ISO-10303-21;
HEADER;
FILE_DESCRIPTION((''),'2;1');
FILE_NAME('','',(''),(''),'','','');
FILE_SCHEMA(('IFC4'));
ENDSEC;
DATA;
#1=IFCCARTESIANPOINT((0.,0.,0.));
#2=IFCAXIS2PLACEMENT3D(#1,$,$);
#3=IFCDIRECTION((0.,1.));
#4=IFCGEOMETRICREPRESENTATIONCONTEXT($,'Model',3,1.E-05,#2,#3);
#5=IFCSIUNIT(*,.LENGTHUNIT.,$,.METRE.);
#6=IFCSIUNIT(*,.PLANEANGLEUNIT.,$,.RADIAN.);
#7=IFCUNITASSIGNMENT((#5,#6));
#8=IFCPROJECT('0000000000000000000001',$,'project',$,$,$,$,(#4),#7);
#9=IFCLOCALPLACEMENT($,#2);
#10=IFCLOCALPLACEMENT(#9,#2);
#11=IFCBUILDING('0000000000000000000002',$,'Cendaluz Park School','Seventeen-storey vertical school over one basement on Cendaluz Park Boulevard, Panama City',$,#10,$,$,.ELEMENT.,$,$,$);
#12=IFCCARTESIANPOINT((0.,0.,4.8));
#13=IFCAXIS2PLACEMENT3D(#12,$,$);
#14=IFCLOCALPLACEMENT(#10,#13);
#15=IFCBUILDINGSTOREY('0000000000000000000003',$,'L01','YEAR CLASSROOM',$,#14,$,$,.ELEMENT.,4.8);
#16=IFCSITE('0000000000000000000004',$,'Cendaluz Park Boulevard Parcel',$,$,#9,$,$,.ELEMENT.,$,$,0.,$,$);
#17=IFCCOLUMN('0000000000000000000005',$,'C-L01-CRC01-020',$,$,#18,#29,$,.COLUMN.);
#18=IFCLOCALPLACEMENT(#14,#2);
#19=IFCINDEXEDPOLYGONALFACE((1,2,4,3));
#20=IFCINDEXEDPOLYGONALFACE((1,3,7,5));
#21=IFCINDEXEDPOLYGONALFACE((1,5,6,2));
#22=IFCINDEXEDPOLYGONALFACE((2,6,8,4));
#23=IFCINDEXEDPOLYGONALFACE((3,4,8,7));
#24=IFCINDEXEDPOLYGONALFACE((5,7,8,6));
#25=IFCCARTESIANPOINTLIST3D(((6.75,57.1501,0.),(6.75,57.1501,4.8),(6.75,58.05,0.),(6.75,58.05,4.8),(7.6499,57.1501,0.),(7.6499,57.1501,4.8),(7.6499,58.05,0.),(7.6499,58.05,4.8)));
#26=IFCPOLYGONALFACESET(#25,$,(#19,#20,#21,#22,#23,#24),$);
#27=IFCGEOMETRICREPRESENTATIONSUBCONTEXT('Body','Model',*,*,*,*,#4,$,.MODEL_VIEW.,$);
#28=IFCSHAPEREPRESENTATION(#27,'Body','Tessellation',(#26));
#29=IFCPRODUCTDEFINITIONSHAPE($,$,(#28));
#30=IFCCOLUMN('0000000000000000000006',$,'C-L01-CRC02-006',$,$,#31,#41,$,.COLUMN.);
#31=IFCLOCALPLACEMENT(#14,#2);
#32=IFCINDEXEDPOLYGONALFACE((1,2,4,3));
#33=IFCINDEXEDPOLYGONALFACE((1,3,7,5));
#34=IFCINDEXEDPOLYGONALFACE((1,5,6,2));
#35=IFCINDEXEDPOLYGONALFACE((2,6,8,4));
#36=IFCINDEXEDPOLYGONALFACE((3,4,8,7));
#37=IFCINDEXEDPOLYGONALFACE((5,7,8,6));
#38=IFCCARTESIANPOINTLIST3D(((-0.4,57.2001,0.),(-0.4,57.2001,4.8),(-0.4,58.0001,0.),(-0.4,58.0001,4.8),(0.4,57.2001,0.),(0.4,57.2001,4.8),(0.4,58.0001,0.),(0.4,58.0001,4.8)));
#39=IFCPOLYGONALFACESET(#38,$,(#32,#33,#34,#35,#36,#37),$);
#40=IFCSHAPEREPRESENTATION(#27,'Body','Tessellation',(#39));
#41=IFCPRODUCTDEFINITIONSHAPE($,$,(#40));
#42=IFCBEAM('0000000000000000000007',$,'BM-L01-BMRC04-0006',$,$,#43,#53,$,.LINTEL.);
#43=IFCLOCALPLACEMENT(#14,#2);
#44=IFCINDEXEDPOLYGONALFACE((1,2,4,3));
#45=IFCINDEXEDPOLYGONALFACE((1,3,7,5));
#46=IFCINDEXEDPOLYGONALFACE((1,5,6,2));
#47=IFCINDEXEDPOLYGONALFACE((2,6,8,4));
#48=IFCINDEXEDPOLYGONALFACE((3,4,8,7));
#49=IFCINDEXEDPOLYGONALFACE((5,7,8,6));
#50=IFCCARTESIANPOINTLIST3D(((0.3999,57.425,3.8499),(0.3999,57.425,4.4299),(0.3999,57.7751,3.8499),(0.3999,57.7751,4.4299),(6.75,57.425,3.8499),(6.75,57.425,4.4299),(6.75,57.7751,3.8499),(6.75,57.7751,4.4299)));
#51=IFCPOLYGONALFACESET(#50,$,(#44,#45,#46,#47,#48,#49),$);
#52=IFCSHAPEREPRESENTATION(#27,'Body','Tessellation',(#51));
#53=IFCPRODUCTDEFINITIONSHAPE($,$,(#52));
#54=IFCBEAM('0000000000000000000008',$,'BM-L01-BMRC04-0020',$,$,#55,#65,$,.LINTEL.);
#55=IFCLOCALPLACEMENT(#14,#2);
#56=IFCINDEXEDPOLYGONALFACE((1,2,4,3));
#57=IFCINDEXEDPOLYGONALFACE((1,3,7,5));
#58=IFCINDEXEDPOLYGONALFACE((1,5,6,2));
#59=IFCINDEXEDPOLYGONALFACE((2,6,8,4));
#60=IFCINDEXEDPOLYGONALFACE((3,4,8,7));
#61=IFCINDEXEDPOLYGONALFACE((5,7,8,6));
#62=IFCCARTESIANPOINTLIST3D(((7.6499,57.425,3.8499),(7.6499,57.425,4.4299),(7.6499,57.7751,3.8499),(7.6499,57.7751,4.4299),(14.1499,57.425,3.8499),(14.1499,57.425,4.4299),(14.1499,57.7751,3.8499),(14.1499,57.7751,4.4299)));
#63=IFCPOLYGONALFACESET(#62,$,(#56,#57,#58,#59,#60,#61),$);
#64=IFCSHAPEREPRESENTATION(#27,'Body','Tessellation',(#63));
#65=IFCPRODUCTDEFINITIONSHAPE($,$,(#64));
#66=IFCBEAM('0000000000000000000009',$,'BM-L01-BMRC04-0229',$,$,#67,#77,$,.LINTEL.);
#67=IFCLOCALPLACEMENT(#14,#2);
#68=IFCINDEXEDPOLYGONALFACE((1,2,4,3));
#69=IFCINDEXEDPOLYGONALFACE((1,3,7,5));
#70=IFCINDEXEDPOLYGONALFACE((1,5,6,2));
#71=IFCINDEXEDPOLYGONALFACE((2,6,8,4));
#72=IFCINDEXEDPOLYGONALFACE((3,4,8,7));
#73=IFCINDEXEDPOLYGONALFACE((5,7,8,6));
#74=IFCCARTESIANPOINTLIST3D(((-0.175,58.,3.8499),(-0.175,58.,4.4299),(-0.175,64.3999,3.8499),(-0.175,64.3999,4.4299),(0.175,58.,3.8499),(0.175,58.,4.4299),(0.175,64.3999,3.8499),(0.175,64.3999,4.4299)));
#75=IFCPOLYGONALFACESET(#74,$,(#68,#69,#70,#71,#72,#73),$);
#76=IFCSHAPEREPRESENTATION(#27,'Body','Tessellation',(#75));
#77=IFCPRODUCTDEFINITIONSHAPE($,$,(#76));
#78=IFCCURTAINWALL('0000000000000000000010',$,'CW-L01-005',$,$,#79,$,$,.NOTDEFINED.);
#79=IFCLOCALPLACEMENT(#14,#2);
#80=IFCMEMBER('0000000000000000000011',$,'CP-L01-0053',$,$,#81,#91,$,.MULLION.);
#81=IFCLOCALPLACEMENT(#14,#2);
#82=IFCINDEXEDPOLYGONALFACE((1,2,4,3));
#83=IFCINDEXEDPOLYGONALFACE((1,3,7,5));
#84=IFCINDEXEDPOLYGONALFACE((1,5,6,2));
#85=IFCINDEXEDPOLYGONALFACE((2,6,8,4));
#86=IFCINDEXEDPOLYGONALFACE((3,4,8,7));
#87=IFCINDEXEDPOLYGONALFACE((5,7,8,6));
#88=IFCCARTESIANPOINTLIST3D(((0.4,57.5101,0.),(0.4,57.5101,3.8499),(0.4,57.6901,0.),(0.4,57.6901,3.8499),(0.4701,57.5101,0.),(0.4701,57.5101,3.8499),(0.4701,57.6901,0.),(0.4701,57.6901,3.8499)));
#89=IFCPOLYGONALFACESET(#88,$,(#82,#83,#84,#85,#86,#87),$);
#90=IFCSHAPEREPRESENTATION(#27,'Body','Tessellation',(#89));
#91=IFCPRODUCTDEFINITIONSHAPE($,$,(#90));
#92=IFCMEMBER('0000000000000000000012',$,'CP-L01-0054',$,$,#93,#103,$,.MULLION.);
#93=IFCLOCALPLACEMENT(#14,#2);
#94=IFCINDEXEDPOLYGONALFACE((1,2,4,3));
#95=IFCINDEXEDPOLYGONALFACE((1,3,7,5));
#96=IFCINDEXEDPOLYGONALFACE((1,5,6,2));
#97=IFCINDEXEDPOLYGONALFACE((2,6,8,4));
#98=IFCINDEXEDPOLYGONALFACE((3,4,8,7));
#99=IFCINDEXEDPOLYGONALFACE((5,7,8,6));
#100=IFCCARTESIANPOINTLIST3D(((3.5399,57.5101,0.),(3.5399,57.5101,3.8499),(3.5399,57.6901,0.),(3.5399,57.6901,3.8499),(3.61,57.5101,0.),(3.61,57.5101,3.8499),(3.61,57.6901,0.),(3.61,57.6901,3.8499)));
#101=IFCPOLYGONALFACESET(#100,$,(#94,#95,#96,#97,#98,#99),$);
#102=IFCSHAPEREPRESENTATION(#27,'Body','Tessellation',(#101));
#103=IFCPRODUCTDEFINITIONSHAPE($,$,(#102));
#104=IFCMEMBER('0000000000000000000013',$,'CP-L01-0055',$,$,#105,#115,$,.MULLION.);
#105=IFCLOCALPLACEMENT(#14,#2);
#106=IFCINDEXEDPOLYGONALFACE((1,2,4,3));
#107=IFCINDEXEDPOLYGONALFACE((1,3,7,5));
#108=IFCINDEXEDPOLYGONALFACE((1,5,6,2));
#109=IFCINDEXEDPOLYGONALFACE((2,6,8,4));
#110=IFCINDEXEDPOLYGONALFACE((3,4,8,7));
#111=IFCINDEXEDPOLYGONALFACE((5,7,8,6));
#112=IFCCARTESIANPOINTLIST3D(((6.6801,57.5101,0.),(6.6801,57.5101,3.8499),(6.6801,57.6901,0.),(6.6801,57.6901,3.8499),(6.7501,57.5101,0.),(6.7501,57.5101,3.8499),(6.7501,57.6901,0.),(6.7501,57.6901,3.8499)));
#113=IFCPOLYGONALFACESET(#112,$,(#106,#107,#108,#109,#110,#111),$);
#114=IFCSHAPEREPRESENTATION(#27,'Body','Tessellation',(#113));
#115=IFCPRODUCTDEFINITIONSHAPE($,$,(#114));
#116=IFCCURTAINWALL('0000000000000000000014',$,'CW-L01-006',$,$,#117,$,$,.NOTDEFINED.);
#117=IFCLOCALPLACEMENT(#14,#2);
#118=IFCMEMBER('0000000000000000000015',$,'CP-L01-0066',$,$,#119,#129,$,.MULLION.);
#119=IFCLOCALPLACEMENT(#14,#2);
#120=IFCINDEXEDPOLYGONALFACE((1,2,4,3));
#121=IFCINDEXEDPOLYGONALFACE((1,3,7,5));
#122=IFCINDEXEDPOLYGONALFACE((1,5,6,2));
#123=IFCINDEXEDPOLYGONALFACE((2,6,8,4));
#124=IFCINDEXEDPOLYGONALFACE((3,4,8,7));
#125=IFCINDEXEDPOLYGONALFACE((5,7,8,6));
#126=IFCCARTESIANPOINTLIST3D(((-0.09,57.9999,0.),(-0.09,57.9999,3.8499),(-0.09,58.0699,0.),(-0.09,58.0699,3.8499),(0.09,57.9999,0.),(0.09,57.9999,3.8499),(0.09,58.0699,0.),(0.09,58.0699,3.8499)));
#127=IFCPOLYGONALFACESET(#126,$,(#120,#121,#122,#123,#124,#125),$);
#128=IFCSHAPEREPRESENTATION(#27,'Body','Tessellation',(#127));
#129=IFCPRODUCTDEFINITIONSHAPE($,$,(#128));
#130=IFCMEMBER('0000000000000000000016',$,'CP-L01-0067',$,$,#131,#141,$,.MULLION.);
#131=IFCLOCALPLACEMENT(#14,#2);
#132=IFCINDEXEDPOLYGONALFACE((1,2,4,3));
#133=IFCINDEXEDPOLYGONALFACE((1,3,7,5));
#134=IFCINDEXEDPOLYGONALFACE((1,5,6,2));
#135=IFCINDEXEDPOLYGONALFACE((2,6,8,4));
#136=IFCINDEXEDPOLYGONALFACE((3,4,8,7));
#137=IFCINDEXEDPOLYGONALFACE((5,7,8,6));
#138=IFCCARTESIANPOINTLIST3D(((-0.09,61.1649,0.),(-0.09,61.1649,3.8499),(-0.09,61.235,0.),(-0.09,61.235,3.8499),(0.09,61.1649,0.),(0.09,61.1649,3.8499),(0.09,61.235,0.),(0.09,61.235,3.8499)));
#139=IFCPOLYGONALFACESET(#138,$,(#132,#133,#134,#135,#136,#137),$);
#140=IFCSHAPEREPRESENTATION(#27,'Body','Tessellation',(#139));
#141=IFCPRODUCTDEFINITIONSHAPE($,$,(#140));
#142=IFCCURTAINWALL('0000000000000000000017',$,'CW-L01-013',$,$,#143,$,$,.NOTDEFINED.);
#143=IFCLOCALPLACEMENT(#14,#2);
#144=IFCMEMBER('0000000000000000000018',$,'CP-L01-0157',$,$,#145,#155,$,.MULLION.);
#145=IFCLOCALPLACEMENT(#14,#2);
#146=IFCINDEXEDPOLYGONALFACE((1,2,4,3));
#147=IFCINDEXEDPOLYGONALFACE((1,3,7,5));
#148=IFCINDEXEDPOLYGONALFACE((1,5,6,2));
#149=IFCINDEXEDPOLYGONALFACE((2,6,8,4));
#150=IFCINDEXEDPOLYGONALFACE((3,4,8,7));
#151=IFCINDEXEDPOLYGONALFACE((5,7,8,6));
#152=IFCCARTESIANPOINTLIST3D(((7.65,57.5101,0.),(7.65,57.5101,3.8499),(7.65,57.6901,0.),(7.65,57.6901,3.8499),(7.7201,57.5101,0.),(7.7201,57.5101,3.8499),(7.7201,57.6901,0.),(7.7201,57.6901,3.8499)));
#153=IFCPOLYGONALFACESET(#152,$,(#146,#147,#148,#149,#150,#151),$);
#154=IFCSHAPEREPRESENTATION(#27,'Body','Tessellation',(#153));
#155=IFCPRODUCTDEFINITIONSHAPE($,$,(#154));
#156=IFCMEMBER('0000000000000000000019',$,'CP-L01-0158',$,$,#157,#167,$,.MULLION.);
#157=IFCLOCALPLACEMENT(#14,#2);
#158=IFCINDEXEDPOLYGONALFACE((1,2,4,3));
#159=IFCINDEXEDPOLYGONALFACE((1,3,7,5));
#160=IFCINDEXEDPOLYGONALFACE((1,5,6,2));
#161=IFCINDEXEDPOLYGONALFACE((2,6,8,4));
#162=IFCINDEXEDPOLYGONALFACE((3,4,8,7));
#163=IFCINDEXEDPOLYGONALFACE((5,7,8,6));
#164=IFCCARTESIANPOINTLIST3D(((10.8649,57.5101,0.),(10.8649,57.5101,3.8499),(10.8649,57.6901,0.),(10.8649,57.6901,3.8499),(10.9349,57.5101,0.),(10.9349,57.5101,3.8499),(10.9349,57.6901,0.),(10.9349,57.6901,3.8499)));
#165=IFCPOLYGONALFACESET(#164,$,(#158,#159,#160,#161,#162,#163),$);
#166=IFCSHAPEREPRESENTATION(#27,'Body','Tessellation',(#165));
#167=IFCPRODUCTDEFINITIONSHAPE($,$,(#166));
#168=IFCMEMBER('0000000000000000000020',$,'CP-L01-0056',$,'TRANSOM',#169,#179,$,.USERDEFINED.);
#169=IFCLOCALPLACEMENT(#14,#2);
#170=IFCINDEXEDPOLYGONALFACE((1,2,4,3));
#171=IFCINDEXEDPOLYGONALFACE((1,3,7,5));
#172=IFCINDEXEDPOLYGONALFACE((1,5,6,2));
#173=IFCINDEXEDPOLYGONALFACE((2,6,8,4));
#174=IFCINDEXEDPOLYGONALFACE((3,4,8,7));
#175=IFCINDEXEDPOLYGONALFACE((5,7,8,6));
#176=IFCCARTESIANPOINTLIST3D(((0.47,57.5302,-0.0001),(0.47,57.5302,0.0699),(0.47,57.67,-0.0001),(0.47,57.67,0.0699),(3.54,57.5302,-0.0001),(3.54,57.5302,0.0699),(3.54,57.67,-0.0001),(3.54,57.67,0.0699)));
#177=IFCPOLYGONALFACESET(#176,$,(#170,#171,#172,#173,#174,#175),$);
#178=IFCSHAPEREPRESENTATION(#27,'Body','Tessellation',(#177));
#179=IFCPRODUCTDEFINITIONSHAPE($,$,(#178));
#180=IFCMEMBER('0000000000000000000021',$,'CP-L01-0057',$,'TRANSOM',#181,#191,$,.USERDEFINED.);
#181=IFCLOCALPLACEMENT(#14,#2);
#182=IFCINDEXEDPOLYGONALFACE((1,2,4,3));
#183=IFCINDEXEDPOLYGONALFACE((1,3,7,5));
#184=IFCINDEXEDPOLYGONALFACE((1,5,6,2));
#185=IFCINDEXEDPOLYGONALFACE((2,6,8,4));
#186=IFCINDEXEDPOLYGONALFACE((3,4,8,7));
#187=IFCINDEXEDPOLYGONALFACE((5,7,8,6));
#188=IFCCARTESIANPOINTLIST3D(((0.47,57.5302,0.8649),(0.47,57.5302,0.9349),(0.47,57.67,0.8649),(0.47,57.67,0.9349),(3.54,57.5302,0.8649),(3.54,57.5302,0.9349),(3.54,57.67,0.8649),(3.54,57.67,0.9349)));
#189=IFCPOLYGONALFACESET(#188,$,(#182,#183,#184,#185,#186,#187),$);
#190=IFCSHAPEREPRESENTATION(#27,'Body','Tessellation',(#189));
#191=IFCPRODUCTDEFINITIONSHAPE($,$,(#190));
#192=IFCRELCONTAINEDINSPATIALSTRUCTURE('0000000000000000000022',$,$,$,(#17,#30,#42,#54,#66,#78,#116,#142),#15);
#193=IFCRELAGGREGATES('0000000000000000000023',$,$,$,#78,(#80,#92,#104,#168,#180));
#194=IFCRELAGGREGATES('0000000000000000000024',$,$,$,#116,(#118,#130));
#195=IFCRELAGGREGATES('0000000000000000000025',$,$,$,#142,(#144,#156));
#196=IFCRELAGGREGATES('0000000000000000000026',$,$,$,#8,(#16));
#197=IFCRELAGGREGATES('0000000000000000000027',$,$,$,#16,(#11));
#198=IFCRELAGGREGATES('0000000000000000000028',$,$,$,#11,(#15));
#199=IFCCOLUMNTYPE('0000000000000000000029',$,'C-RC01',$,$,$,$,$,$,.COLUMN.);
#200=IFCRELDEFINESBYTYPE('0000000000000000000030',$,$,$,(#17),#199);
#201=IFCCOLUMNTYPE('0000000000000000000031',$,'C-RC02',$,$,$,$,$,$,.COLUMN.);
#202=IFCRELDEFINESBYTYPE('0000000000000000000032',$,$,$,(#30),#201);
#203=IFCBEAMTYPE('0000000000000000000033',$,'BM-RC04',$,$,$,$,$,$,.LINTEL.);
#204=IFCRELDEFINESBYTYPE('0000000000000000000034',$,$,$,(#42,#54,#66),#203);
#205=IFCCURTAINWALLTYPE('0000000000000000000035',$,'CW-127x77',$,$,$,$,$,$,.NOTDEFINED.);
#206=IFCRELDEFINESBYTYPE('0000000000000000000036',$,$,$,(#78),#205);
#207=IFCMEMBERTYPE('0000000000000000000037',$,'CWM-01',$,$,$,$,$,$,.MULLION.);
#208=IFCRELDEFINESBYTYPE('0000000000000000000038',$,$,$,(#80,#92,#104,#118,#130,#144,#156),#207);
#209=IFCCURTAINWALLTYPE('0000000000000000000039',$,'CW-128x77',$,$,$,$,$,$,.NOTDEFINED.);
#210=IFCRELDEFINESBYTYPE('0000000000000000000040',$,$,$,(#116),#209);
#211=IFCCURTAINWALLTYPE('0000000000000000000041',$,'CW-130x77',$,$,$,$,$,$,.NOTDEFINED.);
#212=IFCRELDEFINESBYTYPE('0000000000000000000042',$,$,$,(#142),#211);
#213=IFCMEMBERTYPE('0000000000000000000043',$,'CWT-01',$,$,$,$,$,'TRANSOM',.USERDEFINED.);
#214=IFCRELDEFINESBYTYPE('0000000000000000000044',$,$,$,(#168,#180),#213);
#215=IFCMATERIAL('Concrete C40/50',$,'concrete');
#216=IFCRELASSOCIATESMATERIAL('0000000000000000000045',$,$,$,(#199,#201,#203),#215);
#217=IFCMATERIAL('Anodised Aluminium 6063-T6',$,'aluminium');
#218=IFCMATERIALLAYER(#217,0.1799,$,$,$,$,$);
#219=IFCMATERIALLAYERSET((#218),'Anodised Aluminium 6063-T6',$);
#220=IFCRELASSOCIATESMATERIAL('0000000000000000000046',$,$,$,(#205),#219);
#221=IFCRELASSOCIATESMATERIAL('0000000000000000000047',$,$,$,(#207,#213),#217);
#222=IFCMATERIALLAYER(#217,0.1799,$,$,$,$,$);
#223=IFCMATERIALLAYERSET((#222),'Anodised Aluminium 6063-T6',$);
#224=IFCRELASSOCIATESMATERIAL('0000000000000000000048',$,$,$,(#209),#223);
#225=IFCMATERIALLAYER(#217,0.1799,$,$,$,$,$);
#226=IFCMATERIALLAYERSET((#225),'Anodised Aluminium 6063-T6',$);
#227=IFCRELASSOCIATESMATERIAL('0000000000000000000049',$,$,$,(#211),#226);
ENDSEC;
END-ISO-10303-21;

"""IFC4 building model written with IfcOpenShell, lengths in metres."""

from ifc_helpers import new_model, si_unit, direction, frame, origin, origin_2d, place, context, subcontext, project, spatial, rectangle, extrude, material, layer, layer_set, material_profile, profile_set, type_object, element, aggregate, save


model = new_model("IFC4")

# Units and contexts
model_context = context("Model", 3, precision=1e-05, world=origin(), true_north=direction((0.0, 1.0)))
body_context = subcontext(model_context, "Body", "Model", "MODEL_VIEW")
ifc_project = project(units=[si_unit("LENGTHUNIT", "METRE"), si_unit("PLANEANGLEUNIT", "RADIAN")], contexts=[model_context])

# Site, building, storey
site_placement = place(None, origin())
site = spatial("IfcSite", under=ifc_project, at=site_placement, Name="Cendaluz Park Boulevard Parcel", CompositionType="ELEMENT", RefElevation=0.0)
building_placement = place(site_placement, origin())
building = spatial("IfcBuilding", under=site, at=building_placement, Name="Cendaluz Park School", Description="Seventeen-storey vertical school over one basement on Cendaluz Park Boulevard, Panama City", CompositionType="ELEMENT")
storey_placement = place(building_placement, frame((0.0, 0.0, 4.8)))
storey = spatial("IfcBuildingStorey", under=building, at=storey_placement, Name="L01", Description="YEAR CLASSROOM", CompositionType="ELEMENT", Elevation=4.8)

# Columns
ifc_material_1 = material(Name="Concrete C40/50", Category="concrete")
ifc_material_profile_1 = material_profile(ifc_material_1, rectangle(XDim=0.8999, YDim=0.8999, at=origin_2d()), Name="RC 900x900", Category="concrete")
ifc_profile_set_1 = profile_set([ifc_material_profile_1], Name="Concrete C40/50")
column_type_1 = type_object("IfcColumnType", Name="C-RC01", PredefinedType="COLUMN", material=ifc_profile_set_1)
column_1_placement = place(storey_placement, frame((7.2, 57.6001, 0.0), z_axis=(0.0, 0.0, 1.0), x_axis=(1.0, 0.0, 0.0)))
element("IfcColumn", 1, at=column_1_placement, inside=storey, type_object=column_type_1, Name="C-L01-CRC01-020", PredefinedType="COLUMN", context=body_context, shape_type="SweptSolid", body=[
    extrude(rectangle(XDim=0.8999, YDim=0.8999, at=origin_2d()), origin(), (0.0, 0.0, 1.0), 4.8),
])
ifc_material_profile_2 = material_profile(ifc_material_1, rectangle(XDim=0.8, YDim=0.8, at=origin_2d()), Name="RC 800x800", Category="concrete")
ifc_profile_set_2 = profile_set([ifc_material_profile_2], Name="Concrete C40/50")
column_type_2 = type_object("IfcColumnType", Name="C-RC02", PredefinedType="COLUMN", material=ifc_profile_set_2)
column_2_placement = place(storey_placement, frame((0.0, 57.6001, 0.0), z_axis=(0.0, 0.0, 1.0), x_axis=(1.0, 0.0, 0.0)))
element("IfcColumn", 2, at=column_2_placement, inside=storey, type_object=column_type_2, Name="C-L01-CRC02-006", PredefinedType="COLUMN", context=body_context, shape_type="SweptSolid", body=[
    extrude(rectangle(XDim=0.8, YDim=0.8, at=origin_2d()), origin(), (0.0, 0.0, 1.0), 4.8),
])

# Beams
ifc_material_profile_3 = material_profile(ifc_material_1, rectangle(XDim=0.3501, YDim=0.5801, at=origin_2d()), Name="RC 350x580", Category="concrete")
ifc_profile_set_3 = profile_set([ifc_material_profile_3], Name="Concrete C40/50")
beam_type_1 = type_object("IfcBeamType", Name="BM-RC04", PredefinedType="LINTEL", material=ifc_profile_set_3)
beam_1_placement = place(storey_placement, frame((0.3999, 57.6001, 4.1399), z_axis=(1.0, 0.0, 0.0), x_axis=(0.0, 1.0, 0.0)))
element("IfcBeam", 3, at=beam_1_placement, inside=storey, type_object=beam_type_1, Name="BM-L01-BMRC04-0006", PredefinedType="LINTEL", context=body_context, shape_type="SweptSolid", body=[
    extrude(rectangle(XDim=0.3501, YDim=0.5801, at=origin_2d()), origin(), (0.0, 0.0, 1.0), 6.3501),
])
beam_2_placement = place(storey_placement, frame((7.6499, 57.6001, 4.1399), z_axis=(1.0, 0.0, 0.0), x_axis=(0.0, 1.0, 0.0)))
element("IfcBeam", 4, at=beam_2_placement, inside=storey, type_object=beam_type_1, Name="BM-L01-BMRC04-0020", PredefinedType="LINTEL", context=body_context, shape_type="SweptSolid", body=[
    extrude(rectangle(XDim=0.3501, YDim=0.5801, at=origin_2d()), origin(), (0.0, 0.0, 1.0), 6.5),
])
beam_3_placement = place(storey_placement, frame((0.0, 58.0, 4.1399), z_axis=(0.0, 1.0, 0.0), x_axis=(-1.0, 0.0, 0.0)))
element("IfcBeam", 5, at=beam_3_placement, inside=storey, type_object=beam_type_1, Name="BM-L01-BMRC04-0229", PredefinedType="LINTEL", context=body_context, shape_type="SweptSolid", body=[
    extrude(rectangle(XDim=0.3501, YDim=0.5801, at=origin_2d()), origin(), (0.0, 0.0, 1.0), 6.3999),
])

# Curtain walls, members
ifc_material_2 = material(Name="Anodised Aluminium 6063-T6", Category="aluminium")
ifc_layer_1 = layer(ifc_material_2, 0.1799)
ifc_layer_set_1 = layer_set([ifc_layer_1], Name="Anodised Aluminium 6063-T6")
curtain_wall_type_1 = type_object("IfcCurtainWallType", Name="CW-127x77", PredefinedType="NOTDEFINED", material=ifc_layer_set_1)
curtain_wall_1_placement = place(storey_placement, origin())
curtain_wall_1 = element("IfcCurtainWall", 6, at=curtain_wall_1_placement, inside=storey, type_object=curtain_wall_type_1, Name="CW-L01-005", PredefinedType="NOTDEFINED")
ifc_material_profile_4 = material_profile(ifc_material_2, rectangle(XDim=0.1799, YDim=0.0701, at=origin_2d()), Name="CWM 180x70", Category="aluminium")
ifc_profile_set_4 = profile_set([ifc_material_profile_4], Name="Anodised Aluminium 6063-T6")
member_type_1 = type_object("IfcMemberType", Name="CWM-01", PredefinedType="MULLION", material=ifc_profile_set_4)
member_1_placement = place(storey_placement, frame((0.4351, 57.6001, 0.0), z_axis=(0.0, 0.0, 1.0), x_axis=(0.0, 1.0, 0.0)))
member_1 = element("IfcMember", 7, at=member_1_placement, type_object=member_type_1, Name="CP-L01-0053", PredefinedType="MULLION", context=body_context, shape_type="SweptSolid", body=[
    extrude(rectangle(XDim=0.1799, YDim=0.0701, at=origin_2d()), origin(), (0.0, 0.0, 1.0), 3.8499),
])
member_2_placement = place(storey_placement, frame((3.575, 57.6001, 0.0), z_axis=(0.0, 0.0, 1.0), x_axis=(0.0, 1.0, 0.0)))
member_2 = element("IfcMember", 8, at=member_2_placement, type_object=member_type_1, Name="CP-L01-0054", PredefinedType="MULLION", context=body_context, shape_type="SweptSolid", body=[
    extrude(rectangle(XDim=0.1799, YDim=0.0701, at=origin_2d()), origin(), (0.0, 0.0, 1.0), 3.8499),
])
member_3_placement = place(storey_placement, frame((6.7151, 57.6001, 0.0), z_axis=(0.0, 0.0, 1.0), x_axis=(0.0, 1.0, 0.0)))
member_3 = element("IfcMember", 9, at=member_3_placement, type_object=member_type_1, Name="CP-L01-0055", PredefinedType="MULLION", context=body_context, shape_type="SweptSolid", body=[
    extrude(rectangle(XDim=0.1799, YDim=0.0701, at=origin_2d()), origin(), (0.0, 0.0, 1.0), 3.8499),
])
ifc_layer_2 = layer(ifc_material_2, 0.1799)
ifc_layer_set_2 = layer_set([ifc_layer_2], Name="Anodised Aluminium 6063-T6")
curtain_wall_type_2 = type_object("IfcCurtainWallType", Name="CW-128x77", PredefinedType="NOTDEFINED", material=ifc_layer_set_2)
curtain_wall_2_placement = place(storey_placement, origin())
curtain_wall_2 = element("IfcCurtainWall", 10, at=curtain_wall_2_placement, inside=storey, type_object=curtain_wall_type_2, Name="CW-L01-006", PredefinedType="NOTDEFINED")
member_4_placement = place(storey_placement, frame((0.0, 58.0349, 0.0), z_axis=(0.0, 0.0, 1.0), x_axis=(-1.0, 0.0, 0.0)))
member_4 = element("IfcMember", 11, at=member_4_placement, type_object=member_type_1, Name="CP-L01-0066", PredefinedType="MULLION", context=body_context, shape_type="SweptSolid", body=[
    extrude(rectangle(XDim=0.1799, YDim=0.0701, at=origin_2d()), origin(), (0.0, 0.0, 1.0), 3.8499),
])
member_5_placement = place(storey_placement, frame((0.0, 61.2, 0.0), z_axis=(0.0, 0.0, 1.0), x_axis=(-1.0, 0.0, 0.0)))
member_5 = element("IfcMember", 12, at=member_5_placement, type_object=member_type_1, Name="CP-L01-0067", PredefinedType="MULLION", context=body_context, shape_type="SweptSolid", body=[
    extrude(rectangle(XDim=0.1799, YDim=0.0701, at=origin_2d()), origin(), (0.0, 0.0, 1.0), 3.8499),
])
ifc_layer_3 = layer(ifc_material_2, 0.1799)
ifc_layer_set_3 = layer_set([ifc_layer_3], Name="Anodised Aluminium 6063-T6")
curtain_wall_type_3 = type_object("IfcCurtainWallType", Name="CW-130x77", PredefinedType="NOTDEFINED", material=ifc_layer_set_3)
curtain_wall_3_placement = place(storey_placement, origin())
curtain_wall_3 = element("IfcCurtainWall", 13, at=curtain_wall_3_placement, inside=storey, type_object=curtain_wall_type_3, Name="CW-L01-013", PredefinedType="NOTDEFINED")
member_6_placement = place(storey_placement, frame((7.6851, 57.6001, 0.0), z_axis=(0.0, 0.0, 1.0), x_axis=(0.0, 1.0, 0.0)))
member_6 = element("IfcMember", 14, at=member_6_placement, type_object=member_type_1, Name="CP-L01-0157", PredefinedType="MULLION", context=body_context, shape_type="SweptSolid", body=[
    extrude(rectangle(XDim=0.1799, YDim=0.0701, at=origin_2d()), origin(), (0.0, 0.0, 1.0), 3.8499),
])
member_7_placement = place(storey_placement, frame((10.8999, 57.6001, 0.0), z_axis=(0.0, 0.0, 1.0), x_axis=(0.0, 1.0, 0.0)))
member_7 = element("IfcMember", 15, at=member_7_placement, type_object=member_type_1, Name="CP-L01-0158", PredefinedType="MULLION", context=body_context, shape_type="SweptSolid", body=[
    extrude(rectangle(XDim=0.1799, YDim=0.0701, at=origin_2d()), origin(), (0.0, 0.0, 1.0), 3.8499),
])

# Members
ifc_material_profile_5 = material_profile(ifc_material_2, rectangle(XDim=0.1399, YDim=0.0701, at=origin_2d()), Name="CWT 140x70", Category="aluminium")
ifc_profile_set_5 = profile_set([ifc_material_profile_5], Name="Anodised Aluminium 6063-T6")
member_type_2 = type_object("IfcMemberType", Name="CWT-01", ElementType="TRANSOM", PredefinedType="USERDEFINED", material=ifc_profile_set_5)
member_8_placement = place(storey_placement, frame((0.47, 57.6001, 0.0349), z_axis=(1.0, 0.0, 0.0), x_axis=(0.0, 1.0, 0.0)))
member_8 = element("IfcMember", 16, at=member_8_placement, type_object=member_type_2, Name="CP-L01-0056", ObjectType="TRANSOM", PredefinedType="USERDEFINED", context=body_context, shape_type="SweptSolid", body=[
    extrude(rectangle(XDim=0.1399, YDim=0.0701, at=origin_2d()), origin(), (0.0, 0.0, 1.0), 3.0701),
])
member_9_placement = place(storey_placement, frame((0.47, 57.6001, 0.8999), z_axis=(1.0, 0.0, 0.0), x_axis=(0.0, 1.0, 0.0)))
member_9 = element("IfcMember", 17, at=member_9_placement, type_object=member_type_2, Name="CP-L01-0057", ObjectType="TRANSOM", PredefinedType="USERDEFINED", context=body_context, shape_type="SweptSolid", body=[
    extrude(rectangle(XDim=0.1399, YDim=0.0701, at=origin_2d()), origin(), (0.0, 0.0, 1.0), 3.0701),
])

aggregate(curtain_wall_1, [member_1, member_2, member_3, member_8, member_9])
aggregate(curtain_wall_2, [member_4, member_5])
aggregate(curtain_wall_3, [member_6, member_7])

save(model, "model.ifc")
